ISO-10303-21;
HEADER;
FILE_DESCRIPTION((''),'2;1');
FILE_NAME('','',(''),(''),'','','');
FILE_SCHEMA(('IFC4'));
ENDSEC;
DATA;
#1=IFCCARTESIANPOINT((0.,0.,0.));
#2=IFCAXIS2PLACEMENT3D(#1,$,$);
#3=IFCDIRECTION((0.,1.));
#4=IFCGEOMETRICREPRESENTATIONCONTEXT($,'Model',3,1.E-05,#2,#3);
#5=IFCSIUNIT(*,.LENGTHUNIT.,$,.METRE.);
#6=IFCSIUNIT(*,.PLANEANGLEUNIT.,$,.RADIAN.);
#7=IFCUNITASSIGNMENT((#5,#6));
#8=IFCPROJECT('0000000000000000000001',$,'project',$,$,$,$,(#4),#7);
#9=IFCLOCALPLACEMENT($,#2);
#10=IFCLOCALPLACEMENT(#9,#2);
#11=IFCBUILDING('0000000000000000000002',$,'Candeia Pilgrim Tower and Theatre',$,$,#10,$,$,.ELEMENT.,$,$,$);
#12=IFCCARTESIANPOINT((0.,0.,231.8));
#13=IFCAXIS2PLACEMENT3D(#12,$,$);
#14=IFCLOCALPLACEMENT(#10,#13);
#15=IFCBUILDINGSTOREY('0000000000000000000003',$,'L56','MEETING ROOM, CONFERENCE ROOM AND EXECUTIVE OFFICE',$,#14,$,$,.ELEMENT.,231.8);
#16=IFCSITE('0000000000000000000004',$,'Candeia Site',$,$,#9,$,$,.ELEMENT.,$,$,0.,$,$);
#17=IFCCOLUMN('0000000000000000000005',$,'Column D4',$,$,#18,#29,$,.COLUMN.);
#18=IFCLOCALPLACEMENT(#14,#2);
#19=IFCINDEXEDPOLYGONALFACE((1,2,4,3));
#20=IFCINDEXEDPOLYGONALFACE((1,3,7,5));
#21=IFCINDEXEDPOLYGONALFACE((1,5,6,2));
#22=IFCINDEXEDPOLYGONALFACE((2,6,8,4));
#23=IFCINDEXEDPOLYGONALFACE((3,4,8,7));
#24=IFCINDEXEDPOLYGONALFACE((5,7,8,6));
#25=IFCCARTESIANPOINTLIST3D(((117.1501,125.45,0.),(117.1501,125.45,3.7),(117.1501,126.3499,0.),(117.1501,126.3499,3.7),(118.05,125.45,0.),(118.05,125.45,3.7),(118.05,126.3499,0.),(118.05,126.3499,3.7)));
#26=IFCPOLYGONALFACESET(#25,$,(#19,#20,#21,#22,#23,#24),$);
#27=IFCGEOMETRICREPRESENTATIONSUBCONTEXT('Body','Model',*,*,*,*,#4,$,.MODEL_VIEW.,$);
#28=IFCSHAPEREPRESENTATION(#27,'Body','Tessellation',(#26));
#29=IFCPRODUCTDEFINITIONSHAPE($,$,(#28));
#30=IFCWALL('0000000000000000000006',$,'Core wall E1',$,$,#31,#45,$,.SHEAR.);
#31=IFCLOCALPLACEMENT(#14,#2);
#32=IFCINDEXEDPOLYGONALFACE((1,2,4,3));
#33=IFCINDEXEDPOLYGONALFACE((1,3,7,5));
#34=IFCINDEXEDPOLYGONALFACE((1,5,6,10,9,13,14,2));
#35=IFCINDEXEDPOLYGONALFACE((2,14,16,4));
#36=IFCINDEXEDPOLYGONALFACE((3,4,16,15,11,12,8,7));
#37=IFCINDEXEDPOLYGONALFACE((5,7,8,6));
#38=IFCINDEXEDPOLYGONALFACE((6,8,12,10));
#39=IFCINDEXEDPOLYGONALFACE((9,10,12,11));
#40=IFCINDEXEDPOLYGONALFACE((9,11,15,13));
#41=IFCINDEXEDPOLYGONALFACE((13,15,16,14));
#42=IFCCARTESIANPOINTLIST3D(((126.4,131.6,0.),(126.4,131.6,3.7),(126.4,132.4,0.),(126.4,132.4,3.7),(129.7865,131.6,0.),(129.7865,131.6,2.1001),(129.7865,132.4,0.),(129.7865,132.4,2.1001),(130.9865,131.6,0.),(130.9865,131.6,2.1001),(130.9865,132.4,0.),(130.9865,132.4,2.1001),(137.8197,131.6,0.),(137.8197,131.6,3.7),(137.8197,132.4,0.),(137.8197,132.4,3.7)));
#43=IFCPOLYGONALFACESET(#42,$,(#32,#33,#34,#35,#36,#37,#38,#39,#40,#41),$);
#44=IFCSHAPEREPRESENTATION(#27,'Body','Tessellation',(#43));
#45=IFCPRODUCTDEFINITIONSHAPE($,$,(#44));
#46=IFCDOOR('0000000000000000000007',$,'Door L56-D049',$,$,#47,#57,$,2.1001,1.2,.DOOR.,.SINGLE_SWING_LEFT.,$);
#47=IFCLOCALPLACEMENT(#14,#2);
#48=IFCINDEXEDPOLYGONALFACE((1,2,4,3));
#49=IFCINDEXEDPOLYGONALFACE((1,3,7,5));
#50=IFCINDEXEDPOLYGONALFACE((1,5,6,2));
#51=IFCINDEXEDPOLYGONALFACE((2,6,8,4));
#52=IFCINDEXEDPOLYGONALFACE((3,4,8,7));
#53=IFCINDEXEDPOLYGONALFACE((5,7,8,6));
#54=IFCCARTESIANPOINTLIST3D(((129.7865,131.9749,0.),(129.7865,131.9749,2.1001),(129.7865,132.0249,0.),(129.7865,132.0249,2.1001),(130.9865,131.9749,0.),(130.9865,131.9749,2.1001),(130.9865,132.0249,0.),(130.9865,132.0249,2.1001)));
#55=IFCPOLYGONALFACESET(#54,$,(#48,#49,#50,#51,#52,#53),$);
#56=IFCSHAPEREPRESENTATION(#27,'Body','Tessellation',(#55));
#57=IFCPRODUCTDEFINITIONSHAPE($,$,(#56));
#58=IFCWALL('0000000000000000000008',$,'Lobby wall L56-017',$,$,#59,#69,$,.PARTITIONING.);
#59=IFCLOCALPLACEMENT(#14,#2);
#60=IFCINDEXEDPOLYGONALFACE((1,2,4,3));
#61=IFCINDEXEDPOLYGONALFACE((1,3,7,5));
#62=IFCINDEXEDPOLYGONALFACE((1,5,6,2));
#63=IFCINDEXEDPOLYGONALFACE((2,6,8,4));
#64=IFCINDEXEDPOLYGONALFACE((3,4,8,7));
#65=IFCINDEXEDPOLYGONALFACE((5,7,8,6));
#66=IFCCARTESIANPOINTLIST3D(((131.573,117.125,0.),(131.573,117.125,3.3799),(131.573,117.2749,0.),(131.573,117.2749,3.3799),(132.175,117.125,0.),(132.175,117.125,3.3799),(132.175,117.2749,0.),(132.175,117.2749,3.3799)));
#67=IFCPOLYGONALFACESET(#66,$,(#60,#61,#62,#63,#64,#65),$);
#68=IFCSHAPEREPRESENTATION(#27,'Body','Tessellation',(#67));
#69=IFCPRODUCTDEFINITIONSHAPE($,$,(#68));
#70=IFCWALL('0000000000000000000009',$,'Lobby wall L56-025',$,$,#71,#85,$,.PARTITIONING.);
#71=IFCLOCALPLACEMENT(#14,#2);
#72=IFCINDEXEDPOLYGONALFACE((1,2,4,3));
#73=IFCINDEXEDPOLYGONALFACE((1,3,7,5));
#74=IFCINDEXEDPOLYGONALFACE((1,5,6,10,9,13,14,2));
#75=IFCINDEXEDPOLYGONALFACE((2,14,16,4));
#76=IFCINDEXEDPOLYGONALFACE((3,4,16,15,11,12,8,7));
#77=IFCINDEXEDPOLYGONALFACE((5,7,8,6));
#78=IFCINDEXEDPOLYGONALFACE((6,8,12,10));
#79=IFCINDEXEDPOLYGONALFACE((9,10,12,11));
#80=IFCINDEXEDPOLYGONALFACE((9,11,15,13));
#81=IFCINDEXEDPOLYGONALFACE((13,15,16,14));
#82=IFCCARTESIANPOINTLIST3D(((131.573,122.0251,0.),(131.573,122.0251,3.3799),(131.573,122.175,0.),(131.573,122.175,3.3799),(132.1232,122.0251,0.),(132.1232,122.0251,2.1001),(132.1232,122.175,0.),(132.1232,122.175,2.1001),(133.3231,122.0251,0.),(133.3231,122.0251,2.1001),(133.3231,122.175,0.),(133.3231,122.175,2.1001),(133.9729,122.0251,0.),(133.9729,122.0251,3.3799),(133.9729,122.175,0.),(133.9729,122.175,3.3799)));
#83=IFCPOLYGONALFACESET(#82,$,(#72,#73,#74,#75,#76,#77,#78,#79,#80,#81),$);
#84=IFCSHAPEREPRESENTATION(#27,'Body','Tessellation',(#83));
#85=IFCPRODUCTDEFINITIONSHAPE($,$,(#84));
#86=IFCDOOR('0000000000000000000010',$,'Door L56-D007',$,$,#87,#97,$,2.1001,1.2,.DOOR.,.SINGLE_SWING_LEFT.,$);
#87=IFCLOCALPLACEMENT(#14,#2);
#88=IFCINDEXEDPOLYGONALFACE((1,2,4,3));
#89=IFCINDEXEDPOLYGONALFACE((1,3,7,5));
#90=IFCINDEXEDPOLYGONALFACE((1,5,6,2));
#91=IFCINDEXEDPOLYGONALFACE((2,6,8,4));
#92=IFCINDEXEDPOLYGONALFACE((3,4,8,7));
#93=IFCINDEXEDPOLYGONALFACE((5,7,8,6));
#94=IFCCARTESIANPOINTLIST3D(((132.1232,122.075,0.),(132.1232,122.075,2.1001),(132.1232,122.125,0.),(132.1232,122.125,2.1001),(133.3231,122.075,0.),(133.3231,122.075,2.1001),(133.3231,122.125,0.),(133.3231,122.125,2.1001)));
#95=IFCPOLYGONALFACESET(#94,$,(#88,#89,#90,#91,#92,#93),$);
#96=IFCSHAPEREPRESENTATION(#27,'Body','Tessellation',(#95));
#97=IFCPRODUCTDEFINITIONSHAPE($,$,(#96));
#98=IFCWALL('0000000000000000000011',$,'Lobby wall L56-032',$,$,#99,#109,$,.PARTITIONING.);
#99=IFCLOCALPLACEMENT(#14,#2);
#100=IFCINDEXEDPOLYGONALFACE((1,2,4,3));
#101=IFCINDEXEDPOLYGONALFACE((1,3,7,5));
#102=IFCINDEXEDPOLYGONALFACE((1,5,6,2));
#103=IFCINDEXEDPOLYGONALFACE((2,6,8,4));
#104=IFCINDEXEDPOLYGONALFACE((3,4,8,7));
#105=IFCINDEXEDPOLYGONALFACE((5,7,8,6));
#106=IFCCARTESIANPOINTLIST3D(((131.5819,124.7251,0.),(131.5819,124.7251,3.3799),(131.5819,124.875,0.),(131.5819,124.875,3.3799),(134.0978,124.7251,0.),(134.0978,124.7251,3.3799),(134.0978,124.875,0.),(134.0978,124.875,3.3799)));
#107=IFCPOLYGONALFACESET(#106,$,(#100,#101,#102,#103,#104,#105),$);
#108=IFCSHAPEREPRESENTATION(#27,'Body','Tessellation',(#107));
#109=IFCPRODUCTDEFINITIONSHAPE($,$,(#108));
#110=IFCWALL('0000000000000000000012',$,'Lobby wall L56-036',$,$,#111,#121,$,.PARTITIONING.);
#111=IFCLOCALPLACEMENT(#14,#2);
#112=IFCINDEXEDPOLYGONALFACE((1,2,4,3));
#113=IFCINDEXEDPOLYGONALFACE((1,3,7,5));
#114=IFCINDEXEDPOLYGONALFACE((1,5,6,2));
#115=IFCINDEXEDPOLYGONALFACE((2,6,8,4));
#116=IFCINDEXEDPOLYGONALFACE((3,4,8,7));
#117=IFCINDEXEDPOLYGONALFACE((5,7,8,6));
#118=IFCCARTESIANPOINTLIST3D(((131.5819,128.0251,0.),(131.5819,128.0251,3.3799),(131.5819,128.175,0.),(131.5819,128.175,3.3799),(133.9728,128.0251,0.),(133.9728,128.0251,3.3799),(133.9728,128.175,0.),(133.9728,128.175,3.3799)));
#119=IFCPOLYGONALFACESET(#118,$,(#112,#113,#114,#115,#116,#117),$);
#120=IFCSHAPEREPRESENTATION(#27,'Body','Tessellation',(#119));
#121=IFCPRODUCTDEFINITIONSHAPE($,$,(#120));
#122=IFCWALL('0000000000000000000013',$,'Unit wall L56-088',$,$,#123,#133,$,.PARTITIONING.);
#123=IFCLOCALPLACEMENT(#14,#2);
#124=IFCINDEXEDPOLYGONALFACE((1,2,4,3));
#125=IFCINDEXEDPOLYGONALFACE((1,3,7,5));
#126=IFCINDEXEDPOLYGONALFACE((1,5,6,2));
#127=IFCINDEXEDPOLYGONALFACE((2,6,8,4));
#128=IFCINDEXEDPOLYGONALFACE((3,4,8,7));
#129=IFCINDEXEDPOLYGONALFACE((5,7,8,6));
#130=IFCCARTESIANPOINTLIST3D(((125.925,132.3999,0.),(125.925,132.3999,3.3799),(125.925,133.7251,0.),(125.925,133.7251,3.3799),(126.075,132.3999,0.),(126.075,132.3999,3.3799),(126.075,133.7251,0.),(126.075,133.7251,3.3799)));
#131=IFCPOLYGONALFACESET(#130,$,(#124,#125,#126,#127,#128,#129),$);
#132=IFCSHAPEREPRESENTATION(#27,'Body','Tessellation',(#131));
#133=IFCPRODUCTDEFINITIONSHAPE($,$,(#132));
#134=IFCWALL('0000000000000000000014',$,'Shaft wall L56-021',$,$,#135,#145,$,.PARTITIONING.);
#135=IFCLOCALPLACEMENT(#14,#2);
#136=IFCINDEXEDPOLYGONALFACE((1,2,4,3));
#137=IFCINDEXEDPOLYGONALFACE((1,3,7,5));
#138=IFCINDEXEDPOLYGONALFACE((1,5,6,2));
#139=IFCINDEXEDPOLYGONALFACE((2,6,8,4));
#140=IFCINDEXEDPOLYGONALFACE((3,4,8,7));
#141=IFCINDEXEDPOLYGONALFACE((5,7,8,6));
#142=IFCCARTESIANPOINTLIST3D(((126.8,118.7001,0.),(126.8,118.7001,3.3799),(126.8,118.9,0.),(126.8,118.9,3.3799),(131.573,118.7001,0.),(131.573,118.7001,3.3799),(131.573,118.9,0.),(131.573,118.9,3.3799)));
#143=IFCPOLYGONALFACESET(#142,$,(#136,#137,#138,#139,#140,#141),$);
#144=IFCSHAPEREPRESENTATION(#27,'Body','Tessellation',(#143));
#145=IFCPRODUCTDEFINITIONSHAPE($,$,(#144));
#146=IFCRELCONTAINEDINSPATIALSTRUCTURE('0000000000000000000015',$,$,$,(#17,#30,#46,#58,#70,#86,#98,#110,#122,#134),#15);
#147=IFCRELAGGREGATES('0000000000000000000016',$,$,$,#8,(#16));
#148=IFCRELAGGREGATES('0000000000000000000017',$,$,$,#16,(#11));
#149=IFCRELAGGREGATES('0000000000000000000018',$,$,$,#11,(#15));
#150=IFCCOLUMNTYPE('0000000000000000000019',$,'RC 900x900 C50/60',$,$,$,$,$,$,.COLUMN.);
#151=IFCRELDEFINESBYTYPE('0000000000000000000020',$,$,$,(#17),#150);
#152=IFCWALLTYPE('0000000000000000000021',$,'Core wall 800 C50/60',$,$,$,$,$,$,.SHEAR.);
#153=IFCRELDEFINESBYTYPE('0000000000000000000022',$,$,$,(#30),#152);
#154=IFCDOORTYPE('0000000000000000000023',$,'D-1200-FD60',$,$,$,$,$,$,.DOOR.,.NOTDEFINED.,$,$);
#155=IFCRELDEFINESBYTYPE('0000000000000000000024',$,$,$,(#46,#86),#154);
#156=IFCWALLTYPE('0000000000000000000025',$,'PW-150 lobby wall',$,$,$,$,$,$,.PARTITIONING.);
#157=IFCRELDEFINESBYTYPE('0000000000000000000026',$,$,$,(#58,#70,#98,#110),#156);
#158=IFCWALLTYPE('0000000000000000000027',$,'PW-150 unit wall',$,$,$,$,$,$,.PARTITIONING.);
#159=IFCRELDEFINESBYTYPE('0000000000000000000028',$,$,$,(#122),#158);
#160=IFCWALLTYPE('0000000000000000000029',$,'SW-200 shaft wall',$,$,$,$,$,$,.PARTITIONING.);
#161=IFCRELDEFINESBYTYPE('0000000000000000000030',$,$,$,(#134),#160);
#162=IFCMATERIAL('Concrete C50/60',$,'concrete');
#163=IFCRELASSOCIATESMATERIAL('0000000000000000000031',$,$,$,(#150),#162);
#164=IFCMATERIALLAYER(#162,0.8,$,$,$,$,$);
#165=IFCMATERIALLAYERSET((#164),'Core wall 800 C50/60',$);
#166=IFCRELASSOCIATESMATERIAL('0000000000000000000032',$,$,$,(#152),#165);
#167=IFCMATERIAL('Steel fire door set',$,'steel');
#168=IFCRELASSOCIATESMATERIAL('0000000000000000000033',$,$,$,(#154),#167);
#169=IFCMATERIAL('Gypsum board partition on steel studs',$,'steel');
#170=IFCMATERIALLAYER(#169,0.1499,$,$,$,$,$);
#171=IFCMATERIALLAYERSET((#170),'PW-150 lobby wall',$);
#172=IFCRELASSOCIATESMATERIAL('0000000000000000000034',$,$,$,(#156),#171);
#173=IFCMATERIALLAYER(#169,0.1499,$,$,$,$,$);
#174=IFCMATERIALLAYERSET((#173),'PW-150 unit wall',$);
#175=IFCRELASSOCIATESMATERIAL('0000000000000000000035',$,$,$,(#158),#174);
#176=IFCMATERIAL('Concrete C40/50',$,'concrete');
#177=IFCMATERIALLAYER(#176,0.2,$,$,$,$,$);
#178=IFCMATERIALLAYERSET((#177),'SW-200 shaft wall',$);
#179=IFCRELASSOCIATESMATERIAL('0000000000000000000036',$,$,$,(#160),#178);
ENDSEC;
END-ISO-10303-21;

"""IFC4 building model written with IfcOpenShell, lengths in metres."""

from ifc_helpers import new_model, si_unit, direction, frame, frame_2d, origin, origin_2d, place, context, subcontext, project, spatial, rectangle, extrude, material, layer, layer_set, material_profile, profile_set, type_object, element, fill, save


model = new_model("IFC4")

# Units and contexts
model_context = context("Model", 3, precision=1e-05, world=origin(), true_north=direction((0.0, 1.0)))
body_context = subcontext(model_context, "Body", "Model", "MODEL_VIEW")
ifc_project = project(units=[si_unit("LENGTHUNIT", "METRE"), si_unit("PLANEANGLEUNIT", "RADIAN")], contexts=[model_context])

# Site, building, storey
site_placement = place(None, origin())
site = spatial("IfcSite", under=ifc_project, at=site_placement, Name="Candeia Site", CompositionType="ELEMENT", RefElevation=0.0)
building_placement = place(site_placement, origin())
building = spatial("IfcBuilding", under=site, at=building_placement, Name="Candeia Pilgrim Tower and Theatre", CompositionType="ELEMENT")
storey_placement = place(building_placement, frame((0.0, 0.0, 231.8)))
storey = spatial("IfcBuildingStorey", under=building, at=storey_placement, Name="L56", Description="MEETING ROOM, CONFERENCE ROOM AND EXECUTIVE OFFICE", CompositionType="ELEMENT", Elevation=231.8)

# Column
ifc_material_1 = material(Name="Concrete C50/60", Category="concrete")
ifc_material_profile = material_profile(ifc_material_1, rectangle(XDim=0.8999, YDim=0.8999, at=origin_2d()))
ifc_profile_set = profile_set([ifc_material_profile], Name="Concrete C50/60")
column_type = type_object("IfcColumnType", Name="RC 900x900 C50/60", PredefinedType="COLUMN", material=ifc_profile_set)
column_placement = place(storey_placement, frame((117.6001, 125.8999, 0.0), z_axis=(0.0, 0.0, 1.0), x_axis=(1.0, 0.0, 0.0)))
element("IfcColumn", 1, at=column_placement, inside=storey, type_object=column_type, Name="Column D4", PredefinedType="COLUMN", context=body_context, shape_type="SweptSolid", body=[
    extrude(rectangle(XDim=0.8999, YDim=0.8999, at=origin_2d()), origin(), (0.0, 0.0, 1.0), 3.7),
])

# Wall, opening, door
ifc_layer_1 = layer(ifc_material_1, 0.8)
ifc_layer_set_1 = layer_set([ifc_layer_1], Name="Core wall 800 C50/60")
wall_type_1 = type_object("IfcWallType", Name="Core wall 800 C50/60", PredefinedType="SHEAR", material=ifc_layer_set_1)
wall_1_placement = place(storey_placement, frame((126.3999, 132.0, 0.0), z_axis=(0.0, 0.0, 1.0), x_axis=(1.0, 0.0, 0.0)))
wall_1 = element("IfcWall", 2, at=wall_1_placement, inside=storey, type_object=wall_type_1, Name="Core wall E1", PredefinedType="SHEAR", context=body_context, shape_type="SweptSolid", body=[
    extrude(rectangle(XDim=11.4197, YDim=0.8, at=frame_2d((5.71, 0.0))), origin(), (0.0, 0.0, 1.0), 3.7),
])
opening_1_placement = place(wall_1_placement, frame((3.3865, 0.0, 0.0)))
opening_1 = element("IfcOpeningElement", 3, at=opening_1_placement, cuts=wall_1, PredefinedType="OPENING", context=body_context, shape_type="SweptSolid", body=[
    extrude(rectangle(XDim=1.2, YDim=2.1001, at=frame_2d((0.6001, 1.05))), frame((0.0, 0.4102, 0.0), z_axis=(0.0, -1.0, 0.0), x_axis=(1.0, 0.0, 0.0)), (0.0, 0.0, 1.0), 0.8201),
])
ifc_material_2 = material(Name="Steel fire door set", Category="steel")
door_type_1 = type_object("IfcDoorType", Name="D-1200-FD60", OperationType="NOTDEFINED", PredefinedType="DOOR", material=ifc_material_2)
door_1_placement = place(opening_1_placement, origin())
door_1 = element("IfcDoor", 4, at=door_1_placement, inside=storey, type_object=door_type_1, Name="Door L56-D049", OperationType="SINGLE_SWING_LEFT", OverallHeight=2.1001, OverallWidth=1.2, PredefinedType="DOOR", context=body_context, shape_type="SweptSolid", body=[
    extrude(rectangle(XDim=1.2, YDim=2.1001, at=frame_2d((0.6001, 1.05))), frame((0.0, 0.0249, 0.0), z_axis=(0.0, -1.0, 0.0), x_axis=(1.0, 0.0, 0.0)), (0.0, 0.0, 1.0), 0.05),
])
fill(opening_1, door_1)

# Wall
ifc_material_3 = material(Name="Gypsum board partition on steel studs", Category="steel")
ifc_layer_2 = layer(ifc_material_3, 0.1499)
ifc_layer_set_2 = layer_set([ifc_layer_2], Name="PW-150 lobby wall")
wall_type_2 = type_object("IfcWallType", Name="PW-150 lobby wall", PredefinedType="PARTITIONING", material=ifc_layer_set_2)
wall_2_placement = place(storey_placement, frame((131.573, 117.2, 0.0), z_axis=(0.0, 0.0, 1.0), x_axis=(1.0, 0.0, 0.0)))
element("IfcWall", 5, at=wall_2_placement, inside=storey, type_object=wall_type_2, Name="Lobby wall L56-017", PredefinedType="PARTITIONING", context=body_context, shape_type="SweptSolid", body=[
    extrude(rectangle(XDim=0.6021, YDim=0.1499, at=frame_2d((0.301, 0.0))), origin(), (0.0, 0.0, 1.0), 3.3799),
])

# Wall, opening, door
wall_3_placement = place(storey_placement, frame((131.573, 122.1001, 0.0), z_axis=(0.0, 0.0, 1.0), x_axis=(1.0, 0.0, 0.0)))
wall_3 = element("IfcWall", 6, at=wall_3_placement, inside=storey, type_object=wall_type_2, Name="Lobby wall L56-025", PredefinedType="PARTITIONING", context=body_context, shape_type="SweptSolid", body=[
    extrude(rectangle(XDim=2.3999, YDim=0.1499, at=frame_2d((1.2, 0.0))), origin(), (0.0, 0.0, 1.0), 3.3799),
])
opening_2_placement = place(wall_3_placement, frame((0.55, 0.0, 0.0)))
opening_2 = element("IfcOpeningElement", 7, at=opening_2_placement, cuts=wall_3, PredefinedType="OPENING", context=body_context, shape_type="SweptSolid", body=[
    extrude(rectangle(XDim=1.2, YDim=2.1001, at=frame_2d((0.6001, 1.05))), frame((0.0, 0.085, 0.0), z_axis=(0.0, -1.0, 0.0), x_axis=(1.0, 0.0, 0.0)), (0.0, 0.0, 1.0), 0.1699),
])
door_2_placement = place(opening_2_placement, origin())
door_2 = element("IfcDoor", 8, at=door_2_placement, inside=storey, type_object=door_type_1, Name="Door L56-D007", OperationType="SINGLE_SWING_LEFT", OverallHeight=2.1001, OverallWidth=1.2, PredefinedType="DOOR", context=body_context, shape_type="SweptSolid", body=[
    extrude(rectangle(XDim=1.2, YDim=2.1001, at=frame_2d((0.6001, 1.05))), frame((0.0, 0.0249, 0.0), z_axis=(0.0, -1.0, 0.0), x_axis=(1.0, 0.0, 0.0)), (0.0, 0.0, 1.0), 0.05),
])
fill(opening_2, door_2)

# Walls
wall_4_placement = place(storey_placement, frame((131.582, 124.8, 0.0), z_axis=(0.0, 0.0, 1.0), x_axis=(1.0, 0.0, 0.0)))
element("IfcWall", 9, at=wall_4_placement, inside=storey, type_object=wall_type_2, Name="Lobby wall L56-032", PredefinedType="PARTITIONING", context=body_context, shape_type="SweptSolid", body=[
    extrude(rectangle(XDim=2.5159, YDim=0.1499, at=frame_2d((1.2578, 0.0))), origin(), (0.0, 0.0, 1.0), 3.3799),
])
wall_5_placement = place(storey_placement, frame((131.582, 128.1001, 0.0), z_axis=(0.0, 0.0, 1.0), x_axis=(1.0, 0.0, 0.0)))
element("IfcWall", 10, at=wall_5_placement, inside=storey, type_object=wall_type_2, Name="Lobby wall L56-036", PredefinedType="PARTITIONING", context=body_context, shape_type="SweptSolid", body=[
    extrude(rectangle(XDim=2.3909, YDim=0.1499, at=frame_2d((1.1953, 0.0))), origin(), (0.0, 0.0, 1.0), 3.3799),
])
ifc_layer_3 = layer(ifc_material_3, 0.1499)
ifc_layer_set_3 = layer_set([ifc_layer_3], Name="PW-150 unit wall")
wall_type_3 = type_object("IfcWallType", Name="PW-150 unit wall", PredefinedType="PARTITIONING", material=ifc_layer_set_3)
wall_6_placement = place(storey_placement, frame((126.0, 132.3999, 0.0), z_axis=(0.0, 0.0, 1.0), x_axis=(0.0, 1.0, 0.0)))
element("IfcWall", 11, at=wall_6_placement, inside=storey, type_object=wall_type_3, Name="Unit wall L56-088", PredefinedType="PARTITIONING", context=body_context, shape_type="SweptSolid", body=[
    extrude(rectangle(XDim=1.3252, YDim=0.1499, at=frame_2d((0.6626, 0.0))), origin(), (0.0, 0.0, 1.0), 3.3799),
])
ifc_material_4 = material(Name="Concrete C40/50", Category="concrete")
ifc_layer_4 = layer(ifc_material_4, 0.2)
ifc_layer_set_4 = layer_set([ifc_layer_4], Name="SW-200 shaft wall")
wall_type_4 = type_object("IfcWallType", Name="SW-200 shaft wall", PredefinedType="PARTITIONING", material=ifc_layer_set_4)
wall_7_placement = place(storey_placement, frame((126.8, 118.8, 0.0), z_axis=(0.0, 0.0, 1.0), x_axis=(1.0, 0.0, 0.0)))
element("IfcWall", 12, at=wall_7_placement, inside=storey, type_object=wall_type_4, Name="Shaft wall L56-021", PredefinedType="PARTITIONING", context=body_context, shape_type="SweptSolid", body=[
    extrude(rectangle(XDim=4.7729, YDim=0.2, at=frame_2d((2.3865, 0.0))), origin(), (0.0, 0.0, 1.0), 3.3799),
])

save(model, "model.ifc")
